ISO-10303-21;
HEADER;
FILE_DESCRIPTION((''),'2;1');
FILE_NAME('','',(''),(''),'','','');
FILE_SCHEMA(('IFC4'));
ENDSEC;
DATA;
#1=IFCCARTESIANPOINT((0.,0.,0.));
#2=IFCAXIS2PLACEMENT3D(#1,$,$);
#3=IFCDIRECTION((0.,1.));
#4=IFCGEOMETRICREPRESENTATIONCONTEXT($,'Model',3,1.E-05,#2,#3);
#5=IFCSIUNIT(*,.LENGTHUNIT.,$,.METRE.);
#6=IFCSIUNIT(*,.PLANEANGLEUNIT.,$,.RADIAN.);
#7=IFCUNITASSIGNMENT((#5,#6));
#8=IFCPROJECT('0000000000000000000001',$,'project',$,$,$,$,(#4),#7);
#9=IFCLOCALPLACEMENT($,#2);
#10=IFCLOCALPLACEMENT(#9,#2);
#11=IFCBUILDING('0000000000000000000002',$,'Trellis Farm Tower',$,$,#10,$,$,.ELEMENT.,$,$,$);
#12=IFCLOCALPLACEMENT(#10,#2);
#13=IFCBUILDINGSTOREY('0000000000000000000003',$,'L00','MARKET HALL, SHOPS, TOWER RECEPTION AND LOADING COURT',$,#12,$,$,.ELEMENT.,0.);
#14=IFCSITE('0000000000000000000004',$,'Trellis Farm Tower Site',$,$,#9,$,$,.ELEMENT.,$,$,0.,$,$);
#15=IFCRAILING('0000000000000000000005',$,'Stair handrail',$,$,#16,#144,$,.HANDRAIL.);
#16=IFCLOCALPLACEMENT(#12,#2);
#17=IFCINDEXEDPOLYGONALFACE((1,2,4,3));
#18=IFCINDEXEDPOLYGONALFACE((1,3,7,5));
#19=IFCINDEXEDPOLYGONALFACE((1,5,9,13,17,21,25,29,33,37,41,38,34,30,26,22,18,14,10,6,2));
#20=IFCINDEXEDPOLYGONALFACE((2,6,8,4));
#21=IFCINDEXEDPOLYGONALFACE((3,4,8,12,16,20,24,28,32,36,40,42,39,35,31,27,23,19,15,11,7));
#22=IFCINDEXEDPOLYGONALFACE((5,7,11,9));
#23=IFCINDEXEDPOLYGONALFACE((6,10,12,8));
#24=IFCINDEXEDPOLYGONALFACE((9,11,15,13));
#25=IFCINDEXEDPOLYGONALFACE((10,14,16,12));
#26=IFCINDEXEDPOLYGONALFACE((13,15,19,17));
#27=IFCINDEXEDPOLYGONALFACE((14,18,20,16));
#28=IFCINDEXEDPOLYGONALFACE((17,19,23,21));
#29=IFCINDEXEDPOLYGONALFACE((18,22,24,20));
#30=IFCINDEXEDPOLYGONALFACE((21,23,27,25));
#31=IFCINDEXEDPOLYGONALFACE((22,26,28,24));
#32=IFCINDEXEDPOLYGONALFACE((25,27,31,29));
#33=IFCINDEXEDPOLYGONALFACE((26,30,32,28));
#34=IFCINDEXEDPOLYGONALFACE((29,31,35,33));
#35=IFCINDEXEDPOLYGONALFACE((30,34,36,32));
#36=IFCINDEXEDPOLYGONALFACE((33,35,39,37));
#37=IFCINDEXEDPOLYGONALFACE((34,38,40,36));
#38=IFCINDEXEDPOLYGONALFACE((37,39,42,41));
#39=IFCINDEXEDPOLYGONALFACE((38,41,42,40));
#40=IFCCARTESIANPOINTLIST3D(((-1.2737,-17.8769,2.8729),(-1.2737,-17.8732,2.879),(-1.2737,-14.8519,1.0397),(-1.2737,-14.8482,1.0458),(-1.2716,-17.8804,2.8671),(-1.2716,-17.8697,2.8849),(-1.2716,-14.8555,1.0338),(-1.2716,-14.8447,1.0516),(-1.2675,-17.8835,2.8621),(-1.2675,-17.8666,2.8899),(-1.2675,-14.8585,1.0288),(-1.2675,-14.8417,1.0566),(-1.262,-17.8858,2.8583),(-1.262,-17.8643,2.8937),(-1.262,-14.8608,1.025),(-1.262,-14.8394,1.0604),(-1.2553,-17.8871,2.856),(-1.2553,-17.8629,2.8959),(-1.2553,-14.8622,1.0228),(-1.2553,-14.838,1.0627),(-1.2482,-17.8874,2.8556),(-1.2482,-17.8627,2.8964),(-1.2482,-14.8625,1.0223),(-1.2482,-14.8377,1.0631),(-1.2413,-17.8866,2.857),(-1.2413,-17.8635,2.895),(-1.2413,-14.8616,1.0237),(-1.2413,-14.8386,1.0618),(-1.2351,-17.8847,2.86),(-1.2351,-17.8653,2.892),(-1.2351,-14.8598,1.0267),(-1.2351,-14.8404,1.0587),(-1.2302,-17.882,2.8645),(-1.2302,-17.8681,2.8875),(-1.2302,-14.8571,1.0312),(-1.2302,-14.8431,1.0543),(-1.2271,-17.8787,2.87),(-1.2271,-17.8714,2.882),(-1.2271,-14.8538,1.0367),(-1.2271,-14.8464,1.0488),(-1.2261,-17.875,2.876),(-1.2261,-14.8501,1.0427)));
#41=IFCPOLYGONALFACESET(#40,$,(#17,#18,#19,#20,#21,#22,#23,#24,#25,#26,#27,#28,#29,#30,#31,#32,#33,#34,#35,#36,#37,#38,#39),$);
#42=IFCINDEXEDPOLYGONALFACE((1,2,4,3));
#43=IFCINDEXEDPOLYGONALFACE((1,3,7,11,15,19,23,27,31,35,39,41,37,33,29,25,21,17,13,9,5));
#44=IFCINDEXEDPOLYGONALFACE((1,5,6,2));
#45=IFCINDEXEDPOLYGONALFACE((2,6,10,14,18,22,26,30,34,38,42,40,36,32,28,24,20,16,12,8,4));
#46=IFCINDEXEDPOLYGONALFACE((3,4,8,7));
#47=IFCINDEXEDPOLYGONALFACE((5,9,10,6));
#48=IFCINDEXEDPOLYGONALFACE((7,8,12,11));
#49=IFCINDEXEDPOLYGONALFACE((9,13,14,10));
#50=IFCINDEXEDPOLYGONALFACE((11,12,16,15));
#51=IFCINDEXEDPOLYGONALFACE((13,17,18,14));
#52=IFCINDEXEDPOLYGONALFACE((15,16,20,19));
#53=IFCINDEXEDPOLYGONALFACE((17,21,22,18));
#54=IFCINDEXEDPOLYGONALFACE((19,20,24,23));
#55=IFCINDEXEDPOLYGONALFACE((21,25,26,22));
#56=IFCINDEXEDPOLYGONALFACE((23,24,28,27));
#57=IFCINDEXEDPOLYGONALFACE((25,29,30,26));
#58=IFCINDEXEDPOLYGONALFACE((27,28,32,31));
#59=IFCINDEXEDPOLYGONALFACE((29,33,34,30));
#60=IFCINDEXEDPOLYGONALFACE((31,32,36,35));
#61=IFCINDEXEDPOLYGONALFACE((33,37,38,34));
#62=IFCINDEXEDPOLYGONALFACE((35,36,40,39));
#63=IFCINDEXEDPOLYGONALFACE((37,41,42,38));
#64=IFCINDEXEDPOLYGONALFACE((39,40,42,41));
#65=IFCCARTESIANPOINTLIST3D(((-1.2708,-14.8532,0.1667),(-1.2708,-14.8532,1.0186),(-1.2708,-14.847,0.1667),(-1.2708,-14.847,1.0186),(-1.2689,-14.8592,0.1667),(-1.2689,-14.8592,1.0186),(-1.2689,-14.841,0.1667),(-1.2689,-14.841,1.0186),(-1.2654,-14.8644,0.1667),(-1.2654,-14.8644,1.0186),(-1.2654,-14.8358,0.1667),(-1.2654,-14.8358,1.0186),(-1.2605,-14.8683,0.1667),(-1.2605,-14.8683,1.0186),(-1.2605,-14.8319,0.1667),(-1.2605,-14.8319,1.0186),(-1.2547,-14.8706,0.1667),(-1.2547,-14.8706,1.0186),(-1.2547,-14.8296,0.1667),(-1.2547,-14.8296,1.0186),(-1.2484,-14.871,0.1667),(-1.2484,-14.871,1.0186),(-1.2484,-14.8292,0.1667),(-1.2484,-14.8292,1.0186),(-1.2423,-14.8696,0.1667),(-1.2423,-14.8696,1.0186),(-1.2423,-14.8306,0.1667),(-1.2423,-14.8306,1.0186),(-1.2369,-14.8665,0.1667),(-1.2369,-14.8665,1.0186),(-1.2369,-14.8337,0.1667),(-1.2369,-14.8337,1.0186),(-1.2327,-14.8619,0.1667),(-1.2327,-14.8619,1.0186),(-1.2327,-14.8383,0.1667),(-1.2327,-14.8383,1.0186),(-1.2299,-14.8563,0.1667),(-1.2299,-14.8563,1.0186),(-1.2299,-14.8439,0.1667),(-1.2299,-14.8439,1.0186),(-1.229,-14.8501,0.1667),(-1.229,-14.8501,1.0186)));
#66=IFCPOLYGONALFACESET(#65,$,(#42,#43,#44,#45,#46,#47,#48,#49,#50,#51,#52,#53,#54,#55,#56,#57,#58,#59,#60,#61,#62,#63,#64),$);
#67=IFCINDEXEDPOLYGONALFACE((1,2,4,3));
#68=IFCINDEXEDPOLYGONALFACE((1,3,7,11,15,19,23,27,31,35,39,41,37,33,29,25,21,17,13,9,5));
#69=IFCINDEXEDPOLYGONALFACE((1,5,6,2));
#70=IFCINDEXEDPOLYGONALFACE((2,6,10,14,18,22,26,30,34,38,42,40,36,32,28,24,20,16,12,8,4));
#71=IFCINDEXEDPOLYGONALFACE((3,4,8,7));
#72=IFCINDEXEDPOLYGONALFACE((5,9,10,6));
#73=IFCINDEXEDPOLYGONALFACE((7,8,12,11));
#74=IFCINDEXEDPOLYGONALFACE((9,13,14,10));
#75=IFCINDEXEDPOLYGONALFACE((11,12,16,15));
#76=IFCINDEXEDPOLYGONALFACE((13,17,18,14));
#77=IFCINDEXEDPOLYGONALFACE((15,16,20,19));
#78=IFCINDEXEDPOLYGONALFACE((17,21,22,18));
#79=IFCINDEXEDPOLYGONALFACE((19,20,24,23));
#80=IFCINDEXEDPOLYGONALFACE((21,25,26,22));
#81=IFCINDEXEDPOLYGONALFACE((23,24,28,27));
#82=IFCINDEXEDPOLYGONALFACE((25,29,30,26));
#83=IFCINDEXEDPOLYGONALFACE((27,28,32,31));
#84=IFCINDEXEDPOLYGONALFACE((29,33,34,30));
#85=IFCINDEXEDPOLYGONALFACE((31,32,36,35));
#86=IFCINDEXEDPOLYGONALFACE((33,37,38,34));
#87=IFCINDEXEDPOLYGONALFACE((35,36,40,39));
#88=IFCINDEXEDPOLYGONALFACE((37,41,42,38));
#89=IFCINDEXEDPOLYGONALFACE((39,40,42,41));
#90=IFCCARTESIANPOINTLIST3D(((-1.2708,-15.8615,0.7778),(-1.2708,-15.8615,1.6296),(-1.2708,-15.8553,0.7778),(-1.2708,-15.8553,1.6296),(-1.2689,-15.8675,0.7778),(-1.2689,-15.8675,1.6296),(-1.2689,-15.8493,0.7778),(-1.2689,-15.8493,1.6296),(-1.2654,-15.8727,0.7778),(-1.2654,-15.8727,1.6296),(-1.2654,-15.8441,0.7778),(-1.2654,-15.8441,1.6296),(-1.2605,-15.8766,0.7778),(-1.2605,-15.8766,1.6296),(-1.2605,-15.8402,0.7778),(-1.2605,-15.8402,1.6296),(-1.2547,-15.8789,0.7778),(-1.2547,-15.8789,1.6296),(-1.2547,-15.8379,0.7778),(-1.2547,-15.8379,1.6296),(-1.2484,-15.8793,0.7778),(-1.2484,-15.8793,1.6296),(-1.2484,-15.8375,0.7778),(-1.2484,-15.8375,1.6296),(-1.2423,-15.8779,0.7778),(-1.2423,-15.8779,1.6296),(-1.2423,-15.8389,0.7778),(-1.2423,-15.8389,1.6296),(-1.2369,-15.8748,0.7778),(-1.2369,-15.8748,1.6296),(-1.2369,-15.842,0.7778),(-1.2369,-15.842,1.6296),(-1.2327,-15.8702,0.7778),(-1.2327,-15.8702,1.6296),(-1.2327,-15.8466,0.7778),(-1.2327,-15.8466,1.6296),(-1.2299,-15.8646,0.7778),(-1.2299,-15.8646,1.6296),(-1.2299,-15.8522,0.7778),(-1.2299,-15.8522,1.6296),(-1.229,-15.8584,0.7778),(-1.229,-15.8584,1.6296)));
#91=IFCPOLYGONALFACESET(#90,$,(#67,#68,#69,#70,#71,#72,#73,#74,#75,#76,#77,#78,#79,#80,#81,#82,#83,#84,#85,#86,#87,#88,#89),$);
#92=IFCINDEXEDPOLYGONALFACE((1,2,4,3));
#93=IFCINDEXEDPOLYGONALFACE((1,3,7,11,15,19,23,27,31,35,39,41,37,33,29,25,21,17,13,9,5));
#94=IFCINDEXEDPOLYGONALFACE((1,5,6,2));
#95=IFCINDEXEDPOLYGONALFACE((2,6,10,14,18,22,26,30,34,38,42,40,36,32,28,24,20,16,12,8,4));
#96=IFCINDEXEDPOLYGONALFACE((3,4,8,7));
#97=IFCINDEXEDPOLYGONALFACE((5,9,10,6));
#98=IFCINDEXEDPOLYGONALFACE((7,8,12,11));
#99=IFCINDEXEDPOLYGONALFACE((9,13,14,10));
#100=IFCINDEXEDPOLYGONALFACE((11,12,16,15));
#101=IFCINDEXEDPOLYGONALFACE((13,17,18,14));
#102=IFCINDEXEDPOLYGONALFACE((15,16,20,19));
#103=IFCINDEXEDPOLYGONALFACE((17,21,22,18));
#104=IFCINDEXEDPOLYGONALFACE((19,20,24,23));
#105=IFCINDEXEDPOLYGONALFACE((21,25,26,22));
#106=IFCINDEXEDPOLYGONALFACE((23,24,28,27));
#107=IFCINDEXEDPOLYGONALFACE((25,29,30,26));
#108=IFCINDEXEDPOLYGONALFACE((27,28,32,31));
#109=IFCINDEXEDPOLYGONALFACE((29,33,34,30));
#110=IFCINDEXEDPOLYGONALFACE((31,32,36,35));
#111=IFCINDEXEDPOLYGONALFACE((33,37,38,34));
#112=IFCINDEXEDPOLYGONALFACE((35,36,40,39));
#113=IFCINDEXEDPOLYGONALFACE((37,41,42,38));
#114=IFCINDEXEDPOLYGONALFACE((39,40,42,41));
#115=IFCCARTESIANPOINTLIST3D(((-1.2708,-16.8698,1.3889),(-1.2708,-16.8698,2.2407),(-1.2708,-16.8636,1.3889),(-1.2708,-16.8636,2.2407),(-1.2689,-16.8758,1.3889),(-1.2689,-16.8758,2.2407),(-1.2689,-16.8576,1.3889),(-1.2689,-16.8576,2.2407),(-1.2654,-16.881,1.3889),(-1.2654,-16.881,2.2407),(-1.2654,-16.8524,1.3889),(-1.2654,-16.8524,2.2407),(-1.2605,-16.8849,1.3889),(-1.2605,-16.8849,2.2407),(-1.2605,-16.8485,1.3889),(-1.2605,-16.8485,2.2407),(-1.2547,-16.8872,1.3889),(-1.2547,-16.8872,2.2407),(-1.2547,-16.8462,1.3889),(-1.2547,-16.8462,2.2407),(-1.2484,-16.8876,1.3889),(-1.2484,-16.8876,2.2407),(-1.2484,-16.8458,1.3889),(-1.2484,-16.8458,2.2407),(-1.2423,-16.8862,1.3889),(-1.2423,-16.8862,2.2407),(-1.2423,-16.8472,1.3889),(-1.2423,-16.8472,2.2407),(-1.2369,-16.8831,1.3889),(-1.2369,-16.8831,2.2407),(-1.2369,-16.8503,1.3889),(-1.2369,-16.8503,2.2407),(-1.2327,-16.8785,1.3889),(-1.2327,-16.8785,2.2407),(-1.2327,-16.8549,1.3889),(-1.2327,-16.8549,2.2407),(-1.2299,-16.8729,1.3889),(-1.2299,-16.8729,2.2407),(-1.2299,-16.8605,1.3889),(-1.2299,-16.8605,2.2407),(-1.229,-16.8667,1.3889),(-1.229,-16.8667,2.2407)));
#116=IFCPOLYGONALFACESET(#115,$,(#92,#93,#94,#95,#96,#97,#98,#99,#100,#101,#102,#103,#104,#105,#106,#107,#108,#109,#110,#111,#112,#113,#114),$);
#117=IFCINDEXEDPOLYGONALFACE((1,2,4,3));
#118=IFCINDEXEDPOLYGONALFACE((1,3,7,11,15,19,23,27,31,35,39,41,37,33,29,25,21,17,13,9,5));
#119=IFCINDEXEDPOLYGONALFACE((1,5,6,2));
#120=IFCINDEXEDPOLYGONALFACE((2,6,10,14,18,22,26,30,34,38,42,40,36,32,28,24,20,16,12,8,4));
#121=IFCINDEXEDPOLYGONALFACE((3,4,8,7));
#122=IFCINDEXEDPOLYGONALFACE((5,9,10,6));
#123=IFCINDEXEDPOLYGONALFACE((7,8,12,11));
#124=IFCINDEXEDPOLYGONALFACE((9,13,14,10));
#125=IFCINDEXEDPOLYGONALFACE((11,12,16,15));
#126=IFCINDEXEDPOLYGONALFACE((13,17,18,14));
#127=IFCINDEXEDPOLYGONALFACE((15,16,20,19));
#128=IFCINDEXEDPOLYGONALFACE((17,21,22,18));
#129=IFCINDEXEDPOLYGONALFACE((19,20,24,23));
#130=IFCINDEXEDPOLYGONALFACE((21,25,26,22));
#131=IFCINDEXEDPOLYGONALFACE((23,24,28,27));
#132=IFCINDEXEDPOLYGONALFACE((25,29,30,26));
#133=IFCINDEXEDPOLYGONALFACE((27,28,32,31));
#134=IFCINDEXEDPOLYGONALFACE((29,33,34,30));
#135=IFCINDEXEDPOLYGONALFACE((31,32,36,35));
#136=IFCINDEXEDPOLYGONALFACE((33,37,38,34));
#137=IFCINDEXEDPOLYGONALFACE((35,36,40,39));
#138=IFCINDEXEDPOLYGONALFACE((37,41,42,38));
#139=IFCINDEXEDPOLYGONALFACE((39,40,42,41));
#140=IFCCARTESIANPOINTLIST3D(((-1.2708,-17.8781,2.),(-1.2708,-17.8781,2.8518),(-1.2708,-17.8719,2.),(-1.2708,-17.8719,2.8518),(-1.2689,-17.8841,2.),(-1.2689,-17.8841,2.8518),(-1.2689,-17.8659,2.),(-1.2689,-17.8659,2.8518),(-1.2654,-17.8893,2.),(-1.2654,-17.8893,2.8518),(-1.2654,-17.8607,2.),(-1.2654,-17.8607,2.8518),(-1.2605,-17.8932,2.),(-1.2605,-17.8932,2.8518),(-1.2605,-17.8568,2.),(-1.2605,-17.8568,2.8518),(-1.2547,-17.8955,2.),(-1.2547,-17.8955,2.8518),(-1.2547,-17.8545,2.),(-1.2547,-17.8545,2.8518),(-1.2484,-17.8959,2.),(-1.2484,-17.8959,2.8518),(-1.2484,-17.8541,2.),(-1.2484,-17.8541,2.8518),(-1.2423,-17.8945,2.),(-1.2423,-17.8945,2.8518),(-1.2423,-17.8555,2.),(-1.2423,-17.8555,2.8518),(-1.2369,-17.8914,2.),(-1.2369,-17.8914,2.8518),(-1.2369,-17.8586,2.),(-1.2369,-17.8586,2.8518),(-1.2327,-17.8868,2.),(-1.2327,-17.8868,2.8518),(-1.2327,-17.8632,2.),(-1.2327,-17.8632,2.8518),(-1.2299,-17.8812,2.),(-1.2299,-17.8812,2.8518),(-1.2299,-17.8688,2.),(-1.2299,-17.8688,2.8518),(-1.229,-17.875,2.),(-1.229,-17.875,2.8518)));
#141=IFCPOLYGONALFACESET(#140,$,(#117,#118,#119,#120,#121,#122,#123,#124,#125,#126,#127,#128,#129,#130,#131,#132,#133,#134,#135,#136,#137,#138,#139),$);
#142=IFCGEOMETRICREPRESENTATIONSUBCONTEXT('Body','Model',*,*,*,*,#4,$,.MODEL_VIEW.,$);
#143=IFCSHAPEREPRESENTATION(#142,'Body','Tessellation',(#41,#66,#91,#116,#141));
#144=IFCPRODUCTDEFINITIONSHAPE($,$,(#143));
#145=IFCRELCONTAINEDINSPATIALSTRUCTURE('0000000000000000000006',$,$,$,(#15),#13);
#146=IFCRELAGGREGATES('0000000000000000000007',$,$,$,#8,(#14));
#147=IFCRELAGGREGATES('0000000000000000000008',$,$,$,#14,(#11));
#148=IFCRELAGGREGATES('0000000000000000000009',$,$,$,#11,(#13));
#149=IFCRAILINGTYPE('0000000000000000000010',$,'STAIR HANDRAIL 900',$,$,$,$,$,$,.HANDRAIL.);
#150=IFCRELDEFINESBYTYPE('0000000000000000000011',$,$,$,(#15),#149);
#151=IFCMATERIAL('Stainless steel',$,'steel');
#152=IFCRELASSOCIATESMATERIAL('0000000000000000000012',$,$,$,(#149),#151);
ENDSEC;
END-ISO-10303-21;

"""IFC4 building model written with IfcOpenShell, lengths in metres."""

from ifc_helpers import new_model, si_unit, direction, frame, origin, origin_2d, place, context, subcontext, project, spatial, circle, extrude, source, transform, mapped, material, type_object, element, save


model = new_model("IFC4")

# Units and contexts
model_context = context("Model", 3, precision=1e-05, world=origin(), true_north=direction((0.0, 1.0)))
body_context = subcontext(model_context, "Body", "Model", "MODEL_VIEW")
ifc_project = project(units=[si_unit("LENGTHUNIT", "METRE"), si_unit("PLANEANGLEUNIT", "RADIAN")], contexts=[model_context])

# Site, building, storey
site_placement = place(None, origin())
site = spatial("IfcSite", under=ifc_project, at=site_placement, Name="Trellis Farm Tower Site", CompositionType="ELEMENT", RefElevation=0.0)
building_placement = place(site_placement, origin())
building = spatial("IfcBuilding", under=site, at=building_placement, Name="Trellis Farm Tower", CompositionType="ELEMENT")
storey_placement = place(building_placement, origin())
storey = spatial("IfcBuildingStorey", under=building, at=storey_placement, Name="L00", Description="MARKET HALL, SHOPS, TOWER RECEPTION AND LOADING COURT", CompositionType="ELEMENT", Elevation=0.0)

# Railing
ifc_material_1 = material(Name="Stainless steel", Category="steel")
railing_type = type_object("IfcRailingType", Name="STAIR HANDRAIL 900", PredefinedType="HANDRAIL", material=ifc_material_1)
shared_shape_1 = source(origin(), body_context, "Body", "SweptSolid", [
    extrude(circle(Radius=0.0239, at=origin_2d()), frame((0.0, 0.0, 0.876), z_axis=(0.0, -0.855201, 0.518297), x_axis=(1.0, 0.0, 0.0)), (0.0, 0.0, 1.0), 3.5371),
    extrude(circle(Radius=0.021, at=origin_2d()), origin(), (0.0, 0.0, 1.0), 0.8518),
    extrude(circle(Radius=0.021, at=origin_2d()), frame((0.0, -1.0083, 0.6111)), (0.0, 0.0, 1.0), 0.8518),
    extrude(circle(Radius=0.021, at=origin_2d()), frame((0.0, -2.0166, 1.2222)), (0.0, 0.0, 1.0), 0.8518),
    extrude(circle(Radius=0.021, at=origin_2d()), frame((0.0, -3.0249, 1.8333)), (0.0, 0.0, 1.0), 0.8518),
])
for number, where, name in (
    (1, (-1.25, -14.8501, 0.1667), "Stair handrail"),
):
    element("IfcRailing", number, at=place(storey_placement, frame(where)), inside=storey, type_object=railing_type, Name=name, PredefinedType="HANDRAIL", context=body_context, shape_type="MappedRepresentation", body=[
        mapped(shared_shape_1, transform((0.0, 0.0, 0.0))),
    ])

save(model, "model.ifc")
